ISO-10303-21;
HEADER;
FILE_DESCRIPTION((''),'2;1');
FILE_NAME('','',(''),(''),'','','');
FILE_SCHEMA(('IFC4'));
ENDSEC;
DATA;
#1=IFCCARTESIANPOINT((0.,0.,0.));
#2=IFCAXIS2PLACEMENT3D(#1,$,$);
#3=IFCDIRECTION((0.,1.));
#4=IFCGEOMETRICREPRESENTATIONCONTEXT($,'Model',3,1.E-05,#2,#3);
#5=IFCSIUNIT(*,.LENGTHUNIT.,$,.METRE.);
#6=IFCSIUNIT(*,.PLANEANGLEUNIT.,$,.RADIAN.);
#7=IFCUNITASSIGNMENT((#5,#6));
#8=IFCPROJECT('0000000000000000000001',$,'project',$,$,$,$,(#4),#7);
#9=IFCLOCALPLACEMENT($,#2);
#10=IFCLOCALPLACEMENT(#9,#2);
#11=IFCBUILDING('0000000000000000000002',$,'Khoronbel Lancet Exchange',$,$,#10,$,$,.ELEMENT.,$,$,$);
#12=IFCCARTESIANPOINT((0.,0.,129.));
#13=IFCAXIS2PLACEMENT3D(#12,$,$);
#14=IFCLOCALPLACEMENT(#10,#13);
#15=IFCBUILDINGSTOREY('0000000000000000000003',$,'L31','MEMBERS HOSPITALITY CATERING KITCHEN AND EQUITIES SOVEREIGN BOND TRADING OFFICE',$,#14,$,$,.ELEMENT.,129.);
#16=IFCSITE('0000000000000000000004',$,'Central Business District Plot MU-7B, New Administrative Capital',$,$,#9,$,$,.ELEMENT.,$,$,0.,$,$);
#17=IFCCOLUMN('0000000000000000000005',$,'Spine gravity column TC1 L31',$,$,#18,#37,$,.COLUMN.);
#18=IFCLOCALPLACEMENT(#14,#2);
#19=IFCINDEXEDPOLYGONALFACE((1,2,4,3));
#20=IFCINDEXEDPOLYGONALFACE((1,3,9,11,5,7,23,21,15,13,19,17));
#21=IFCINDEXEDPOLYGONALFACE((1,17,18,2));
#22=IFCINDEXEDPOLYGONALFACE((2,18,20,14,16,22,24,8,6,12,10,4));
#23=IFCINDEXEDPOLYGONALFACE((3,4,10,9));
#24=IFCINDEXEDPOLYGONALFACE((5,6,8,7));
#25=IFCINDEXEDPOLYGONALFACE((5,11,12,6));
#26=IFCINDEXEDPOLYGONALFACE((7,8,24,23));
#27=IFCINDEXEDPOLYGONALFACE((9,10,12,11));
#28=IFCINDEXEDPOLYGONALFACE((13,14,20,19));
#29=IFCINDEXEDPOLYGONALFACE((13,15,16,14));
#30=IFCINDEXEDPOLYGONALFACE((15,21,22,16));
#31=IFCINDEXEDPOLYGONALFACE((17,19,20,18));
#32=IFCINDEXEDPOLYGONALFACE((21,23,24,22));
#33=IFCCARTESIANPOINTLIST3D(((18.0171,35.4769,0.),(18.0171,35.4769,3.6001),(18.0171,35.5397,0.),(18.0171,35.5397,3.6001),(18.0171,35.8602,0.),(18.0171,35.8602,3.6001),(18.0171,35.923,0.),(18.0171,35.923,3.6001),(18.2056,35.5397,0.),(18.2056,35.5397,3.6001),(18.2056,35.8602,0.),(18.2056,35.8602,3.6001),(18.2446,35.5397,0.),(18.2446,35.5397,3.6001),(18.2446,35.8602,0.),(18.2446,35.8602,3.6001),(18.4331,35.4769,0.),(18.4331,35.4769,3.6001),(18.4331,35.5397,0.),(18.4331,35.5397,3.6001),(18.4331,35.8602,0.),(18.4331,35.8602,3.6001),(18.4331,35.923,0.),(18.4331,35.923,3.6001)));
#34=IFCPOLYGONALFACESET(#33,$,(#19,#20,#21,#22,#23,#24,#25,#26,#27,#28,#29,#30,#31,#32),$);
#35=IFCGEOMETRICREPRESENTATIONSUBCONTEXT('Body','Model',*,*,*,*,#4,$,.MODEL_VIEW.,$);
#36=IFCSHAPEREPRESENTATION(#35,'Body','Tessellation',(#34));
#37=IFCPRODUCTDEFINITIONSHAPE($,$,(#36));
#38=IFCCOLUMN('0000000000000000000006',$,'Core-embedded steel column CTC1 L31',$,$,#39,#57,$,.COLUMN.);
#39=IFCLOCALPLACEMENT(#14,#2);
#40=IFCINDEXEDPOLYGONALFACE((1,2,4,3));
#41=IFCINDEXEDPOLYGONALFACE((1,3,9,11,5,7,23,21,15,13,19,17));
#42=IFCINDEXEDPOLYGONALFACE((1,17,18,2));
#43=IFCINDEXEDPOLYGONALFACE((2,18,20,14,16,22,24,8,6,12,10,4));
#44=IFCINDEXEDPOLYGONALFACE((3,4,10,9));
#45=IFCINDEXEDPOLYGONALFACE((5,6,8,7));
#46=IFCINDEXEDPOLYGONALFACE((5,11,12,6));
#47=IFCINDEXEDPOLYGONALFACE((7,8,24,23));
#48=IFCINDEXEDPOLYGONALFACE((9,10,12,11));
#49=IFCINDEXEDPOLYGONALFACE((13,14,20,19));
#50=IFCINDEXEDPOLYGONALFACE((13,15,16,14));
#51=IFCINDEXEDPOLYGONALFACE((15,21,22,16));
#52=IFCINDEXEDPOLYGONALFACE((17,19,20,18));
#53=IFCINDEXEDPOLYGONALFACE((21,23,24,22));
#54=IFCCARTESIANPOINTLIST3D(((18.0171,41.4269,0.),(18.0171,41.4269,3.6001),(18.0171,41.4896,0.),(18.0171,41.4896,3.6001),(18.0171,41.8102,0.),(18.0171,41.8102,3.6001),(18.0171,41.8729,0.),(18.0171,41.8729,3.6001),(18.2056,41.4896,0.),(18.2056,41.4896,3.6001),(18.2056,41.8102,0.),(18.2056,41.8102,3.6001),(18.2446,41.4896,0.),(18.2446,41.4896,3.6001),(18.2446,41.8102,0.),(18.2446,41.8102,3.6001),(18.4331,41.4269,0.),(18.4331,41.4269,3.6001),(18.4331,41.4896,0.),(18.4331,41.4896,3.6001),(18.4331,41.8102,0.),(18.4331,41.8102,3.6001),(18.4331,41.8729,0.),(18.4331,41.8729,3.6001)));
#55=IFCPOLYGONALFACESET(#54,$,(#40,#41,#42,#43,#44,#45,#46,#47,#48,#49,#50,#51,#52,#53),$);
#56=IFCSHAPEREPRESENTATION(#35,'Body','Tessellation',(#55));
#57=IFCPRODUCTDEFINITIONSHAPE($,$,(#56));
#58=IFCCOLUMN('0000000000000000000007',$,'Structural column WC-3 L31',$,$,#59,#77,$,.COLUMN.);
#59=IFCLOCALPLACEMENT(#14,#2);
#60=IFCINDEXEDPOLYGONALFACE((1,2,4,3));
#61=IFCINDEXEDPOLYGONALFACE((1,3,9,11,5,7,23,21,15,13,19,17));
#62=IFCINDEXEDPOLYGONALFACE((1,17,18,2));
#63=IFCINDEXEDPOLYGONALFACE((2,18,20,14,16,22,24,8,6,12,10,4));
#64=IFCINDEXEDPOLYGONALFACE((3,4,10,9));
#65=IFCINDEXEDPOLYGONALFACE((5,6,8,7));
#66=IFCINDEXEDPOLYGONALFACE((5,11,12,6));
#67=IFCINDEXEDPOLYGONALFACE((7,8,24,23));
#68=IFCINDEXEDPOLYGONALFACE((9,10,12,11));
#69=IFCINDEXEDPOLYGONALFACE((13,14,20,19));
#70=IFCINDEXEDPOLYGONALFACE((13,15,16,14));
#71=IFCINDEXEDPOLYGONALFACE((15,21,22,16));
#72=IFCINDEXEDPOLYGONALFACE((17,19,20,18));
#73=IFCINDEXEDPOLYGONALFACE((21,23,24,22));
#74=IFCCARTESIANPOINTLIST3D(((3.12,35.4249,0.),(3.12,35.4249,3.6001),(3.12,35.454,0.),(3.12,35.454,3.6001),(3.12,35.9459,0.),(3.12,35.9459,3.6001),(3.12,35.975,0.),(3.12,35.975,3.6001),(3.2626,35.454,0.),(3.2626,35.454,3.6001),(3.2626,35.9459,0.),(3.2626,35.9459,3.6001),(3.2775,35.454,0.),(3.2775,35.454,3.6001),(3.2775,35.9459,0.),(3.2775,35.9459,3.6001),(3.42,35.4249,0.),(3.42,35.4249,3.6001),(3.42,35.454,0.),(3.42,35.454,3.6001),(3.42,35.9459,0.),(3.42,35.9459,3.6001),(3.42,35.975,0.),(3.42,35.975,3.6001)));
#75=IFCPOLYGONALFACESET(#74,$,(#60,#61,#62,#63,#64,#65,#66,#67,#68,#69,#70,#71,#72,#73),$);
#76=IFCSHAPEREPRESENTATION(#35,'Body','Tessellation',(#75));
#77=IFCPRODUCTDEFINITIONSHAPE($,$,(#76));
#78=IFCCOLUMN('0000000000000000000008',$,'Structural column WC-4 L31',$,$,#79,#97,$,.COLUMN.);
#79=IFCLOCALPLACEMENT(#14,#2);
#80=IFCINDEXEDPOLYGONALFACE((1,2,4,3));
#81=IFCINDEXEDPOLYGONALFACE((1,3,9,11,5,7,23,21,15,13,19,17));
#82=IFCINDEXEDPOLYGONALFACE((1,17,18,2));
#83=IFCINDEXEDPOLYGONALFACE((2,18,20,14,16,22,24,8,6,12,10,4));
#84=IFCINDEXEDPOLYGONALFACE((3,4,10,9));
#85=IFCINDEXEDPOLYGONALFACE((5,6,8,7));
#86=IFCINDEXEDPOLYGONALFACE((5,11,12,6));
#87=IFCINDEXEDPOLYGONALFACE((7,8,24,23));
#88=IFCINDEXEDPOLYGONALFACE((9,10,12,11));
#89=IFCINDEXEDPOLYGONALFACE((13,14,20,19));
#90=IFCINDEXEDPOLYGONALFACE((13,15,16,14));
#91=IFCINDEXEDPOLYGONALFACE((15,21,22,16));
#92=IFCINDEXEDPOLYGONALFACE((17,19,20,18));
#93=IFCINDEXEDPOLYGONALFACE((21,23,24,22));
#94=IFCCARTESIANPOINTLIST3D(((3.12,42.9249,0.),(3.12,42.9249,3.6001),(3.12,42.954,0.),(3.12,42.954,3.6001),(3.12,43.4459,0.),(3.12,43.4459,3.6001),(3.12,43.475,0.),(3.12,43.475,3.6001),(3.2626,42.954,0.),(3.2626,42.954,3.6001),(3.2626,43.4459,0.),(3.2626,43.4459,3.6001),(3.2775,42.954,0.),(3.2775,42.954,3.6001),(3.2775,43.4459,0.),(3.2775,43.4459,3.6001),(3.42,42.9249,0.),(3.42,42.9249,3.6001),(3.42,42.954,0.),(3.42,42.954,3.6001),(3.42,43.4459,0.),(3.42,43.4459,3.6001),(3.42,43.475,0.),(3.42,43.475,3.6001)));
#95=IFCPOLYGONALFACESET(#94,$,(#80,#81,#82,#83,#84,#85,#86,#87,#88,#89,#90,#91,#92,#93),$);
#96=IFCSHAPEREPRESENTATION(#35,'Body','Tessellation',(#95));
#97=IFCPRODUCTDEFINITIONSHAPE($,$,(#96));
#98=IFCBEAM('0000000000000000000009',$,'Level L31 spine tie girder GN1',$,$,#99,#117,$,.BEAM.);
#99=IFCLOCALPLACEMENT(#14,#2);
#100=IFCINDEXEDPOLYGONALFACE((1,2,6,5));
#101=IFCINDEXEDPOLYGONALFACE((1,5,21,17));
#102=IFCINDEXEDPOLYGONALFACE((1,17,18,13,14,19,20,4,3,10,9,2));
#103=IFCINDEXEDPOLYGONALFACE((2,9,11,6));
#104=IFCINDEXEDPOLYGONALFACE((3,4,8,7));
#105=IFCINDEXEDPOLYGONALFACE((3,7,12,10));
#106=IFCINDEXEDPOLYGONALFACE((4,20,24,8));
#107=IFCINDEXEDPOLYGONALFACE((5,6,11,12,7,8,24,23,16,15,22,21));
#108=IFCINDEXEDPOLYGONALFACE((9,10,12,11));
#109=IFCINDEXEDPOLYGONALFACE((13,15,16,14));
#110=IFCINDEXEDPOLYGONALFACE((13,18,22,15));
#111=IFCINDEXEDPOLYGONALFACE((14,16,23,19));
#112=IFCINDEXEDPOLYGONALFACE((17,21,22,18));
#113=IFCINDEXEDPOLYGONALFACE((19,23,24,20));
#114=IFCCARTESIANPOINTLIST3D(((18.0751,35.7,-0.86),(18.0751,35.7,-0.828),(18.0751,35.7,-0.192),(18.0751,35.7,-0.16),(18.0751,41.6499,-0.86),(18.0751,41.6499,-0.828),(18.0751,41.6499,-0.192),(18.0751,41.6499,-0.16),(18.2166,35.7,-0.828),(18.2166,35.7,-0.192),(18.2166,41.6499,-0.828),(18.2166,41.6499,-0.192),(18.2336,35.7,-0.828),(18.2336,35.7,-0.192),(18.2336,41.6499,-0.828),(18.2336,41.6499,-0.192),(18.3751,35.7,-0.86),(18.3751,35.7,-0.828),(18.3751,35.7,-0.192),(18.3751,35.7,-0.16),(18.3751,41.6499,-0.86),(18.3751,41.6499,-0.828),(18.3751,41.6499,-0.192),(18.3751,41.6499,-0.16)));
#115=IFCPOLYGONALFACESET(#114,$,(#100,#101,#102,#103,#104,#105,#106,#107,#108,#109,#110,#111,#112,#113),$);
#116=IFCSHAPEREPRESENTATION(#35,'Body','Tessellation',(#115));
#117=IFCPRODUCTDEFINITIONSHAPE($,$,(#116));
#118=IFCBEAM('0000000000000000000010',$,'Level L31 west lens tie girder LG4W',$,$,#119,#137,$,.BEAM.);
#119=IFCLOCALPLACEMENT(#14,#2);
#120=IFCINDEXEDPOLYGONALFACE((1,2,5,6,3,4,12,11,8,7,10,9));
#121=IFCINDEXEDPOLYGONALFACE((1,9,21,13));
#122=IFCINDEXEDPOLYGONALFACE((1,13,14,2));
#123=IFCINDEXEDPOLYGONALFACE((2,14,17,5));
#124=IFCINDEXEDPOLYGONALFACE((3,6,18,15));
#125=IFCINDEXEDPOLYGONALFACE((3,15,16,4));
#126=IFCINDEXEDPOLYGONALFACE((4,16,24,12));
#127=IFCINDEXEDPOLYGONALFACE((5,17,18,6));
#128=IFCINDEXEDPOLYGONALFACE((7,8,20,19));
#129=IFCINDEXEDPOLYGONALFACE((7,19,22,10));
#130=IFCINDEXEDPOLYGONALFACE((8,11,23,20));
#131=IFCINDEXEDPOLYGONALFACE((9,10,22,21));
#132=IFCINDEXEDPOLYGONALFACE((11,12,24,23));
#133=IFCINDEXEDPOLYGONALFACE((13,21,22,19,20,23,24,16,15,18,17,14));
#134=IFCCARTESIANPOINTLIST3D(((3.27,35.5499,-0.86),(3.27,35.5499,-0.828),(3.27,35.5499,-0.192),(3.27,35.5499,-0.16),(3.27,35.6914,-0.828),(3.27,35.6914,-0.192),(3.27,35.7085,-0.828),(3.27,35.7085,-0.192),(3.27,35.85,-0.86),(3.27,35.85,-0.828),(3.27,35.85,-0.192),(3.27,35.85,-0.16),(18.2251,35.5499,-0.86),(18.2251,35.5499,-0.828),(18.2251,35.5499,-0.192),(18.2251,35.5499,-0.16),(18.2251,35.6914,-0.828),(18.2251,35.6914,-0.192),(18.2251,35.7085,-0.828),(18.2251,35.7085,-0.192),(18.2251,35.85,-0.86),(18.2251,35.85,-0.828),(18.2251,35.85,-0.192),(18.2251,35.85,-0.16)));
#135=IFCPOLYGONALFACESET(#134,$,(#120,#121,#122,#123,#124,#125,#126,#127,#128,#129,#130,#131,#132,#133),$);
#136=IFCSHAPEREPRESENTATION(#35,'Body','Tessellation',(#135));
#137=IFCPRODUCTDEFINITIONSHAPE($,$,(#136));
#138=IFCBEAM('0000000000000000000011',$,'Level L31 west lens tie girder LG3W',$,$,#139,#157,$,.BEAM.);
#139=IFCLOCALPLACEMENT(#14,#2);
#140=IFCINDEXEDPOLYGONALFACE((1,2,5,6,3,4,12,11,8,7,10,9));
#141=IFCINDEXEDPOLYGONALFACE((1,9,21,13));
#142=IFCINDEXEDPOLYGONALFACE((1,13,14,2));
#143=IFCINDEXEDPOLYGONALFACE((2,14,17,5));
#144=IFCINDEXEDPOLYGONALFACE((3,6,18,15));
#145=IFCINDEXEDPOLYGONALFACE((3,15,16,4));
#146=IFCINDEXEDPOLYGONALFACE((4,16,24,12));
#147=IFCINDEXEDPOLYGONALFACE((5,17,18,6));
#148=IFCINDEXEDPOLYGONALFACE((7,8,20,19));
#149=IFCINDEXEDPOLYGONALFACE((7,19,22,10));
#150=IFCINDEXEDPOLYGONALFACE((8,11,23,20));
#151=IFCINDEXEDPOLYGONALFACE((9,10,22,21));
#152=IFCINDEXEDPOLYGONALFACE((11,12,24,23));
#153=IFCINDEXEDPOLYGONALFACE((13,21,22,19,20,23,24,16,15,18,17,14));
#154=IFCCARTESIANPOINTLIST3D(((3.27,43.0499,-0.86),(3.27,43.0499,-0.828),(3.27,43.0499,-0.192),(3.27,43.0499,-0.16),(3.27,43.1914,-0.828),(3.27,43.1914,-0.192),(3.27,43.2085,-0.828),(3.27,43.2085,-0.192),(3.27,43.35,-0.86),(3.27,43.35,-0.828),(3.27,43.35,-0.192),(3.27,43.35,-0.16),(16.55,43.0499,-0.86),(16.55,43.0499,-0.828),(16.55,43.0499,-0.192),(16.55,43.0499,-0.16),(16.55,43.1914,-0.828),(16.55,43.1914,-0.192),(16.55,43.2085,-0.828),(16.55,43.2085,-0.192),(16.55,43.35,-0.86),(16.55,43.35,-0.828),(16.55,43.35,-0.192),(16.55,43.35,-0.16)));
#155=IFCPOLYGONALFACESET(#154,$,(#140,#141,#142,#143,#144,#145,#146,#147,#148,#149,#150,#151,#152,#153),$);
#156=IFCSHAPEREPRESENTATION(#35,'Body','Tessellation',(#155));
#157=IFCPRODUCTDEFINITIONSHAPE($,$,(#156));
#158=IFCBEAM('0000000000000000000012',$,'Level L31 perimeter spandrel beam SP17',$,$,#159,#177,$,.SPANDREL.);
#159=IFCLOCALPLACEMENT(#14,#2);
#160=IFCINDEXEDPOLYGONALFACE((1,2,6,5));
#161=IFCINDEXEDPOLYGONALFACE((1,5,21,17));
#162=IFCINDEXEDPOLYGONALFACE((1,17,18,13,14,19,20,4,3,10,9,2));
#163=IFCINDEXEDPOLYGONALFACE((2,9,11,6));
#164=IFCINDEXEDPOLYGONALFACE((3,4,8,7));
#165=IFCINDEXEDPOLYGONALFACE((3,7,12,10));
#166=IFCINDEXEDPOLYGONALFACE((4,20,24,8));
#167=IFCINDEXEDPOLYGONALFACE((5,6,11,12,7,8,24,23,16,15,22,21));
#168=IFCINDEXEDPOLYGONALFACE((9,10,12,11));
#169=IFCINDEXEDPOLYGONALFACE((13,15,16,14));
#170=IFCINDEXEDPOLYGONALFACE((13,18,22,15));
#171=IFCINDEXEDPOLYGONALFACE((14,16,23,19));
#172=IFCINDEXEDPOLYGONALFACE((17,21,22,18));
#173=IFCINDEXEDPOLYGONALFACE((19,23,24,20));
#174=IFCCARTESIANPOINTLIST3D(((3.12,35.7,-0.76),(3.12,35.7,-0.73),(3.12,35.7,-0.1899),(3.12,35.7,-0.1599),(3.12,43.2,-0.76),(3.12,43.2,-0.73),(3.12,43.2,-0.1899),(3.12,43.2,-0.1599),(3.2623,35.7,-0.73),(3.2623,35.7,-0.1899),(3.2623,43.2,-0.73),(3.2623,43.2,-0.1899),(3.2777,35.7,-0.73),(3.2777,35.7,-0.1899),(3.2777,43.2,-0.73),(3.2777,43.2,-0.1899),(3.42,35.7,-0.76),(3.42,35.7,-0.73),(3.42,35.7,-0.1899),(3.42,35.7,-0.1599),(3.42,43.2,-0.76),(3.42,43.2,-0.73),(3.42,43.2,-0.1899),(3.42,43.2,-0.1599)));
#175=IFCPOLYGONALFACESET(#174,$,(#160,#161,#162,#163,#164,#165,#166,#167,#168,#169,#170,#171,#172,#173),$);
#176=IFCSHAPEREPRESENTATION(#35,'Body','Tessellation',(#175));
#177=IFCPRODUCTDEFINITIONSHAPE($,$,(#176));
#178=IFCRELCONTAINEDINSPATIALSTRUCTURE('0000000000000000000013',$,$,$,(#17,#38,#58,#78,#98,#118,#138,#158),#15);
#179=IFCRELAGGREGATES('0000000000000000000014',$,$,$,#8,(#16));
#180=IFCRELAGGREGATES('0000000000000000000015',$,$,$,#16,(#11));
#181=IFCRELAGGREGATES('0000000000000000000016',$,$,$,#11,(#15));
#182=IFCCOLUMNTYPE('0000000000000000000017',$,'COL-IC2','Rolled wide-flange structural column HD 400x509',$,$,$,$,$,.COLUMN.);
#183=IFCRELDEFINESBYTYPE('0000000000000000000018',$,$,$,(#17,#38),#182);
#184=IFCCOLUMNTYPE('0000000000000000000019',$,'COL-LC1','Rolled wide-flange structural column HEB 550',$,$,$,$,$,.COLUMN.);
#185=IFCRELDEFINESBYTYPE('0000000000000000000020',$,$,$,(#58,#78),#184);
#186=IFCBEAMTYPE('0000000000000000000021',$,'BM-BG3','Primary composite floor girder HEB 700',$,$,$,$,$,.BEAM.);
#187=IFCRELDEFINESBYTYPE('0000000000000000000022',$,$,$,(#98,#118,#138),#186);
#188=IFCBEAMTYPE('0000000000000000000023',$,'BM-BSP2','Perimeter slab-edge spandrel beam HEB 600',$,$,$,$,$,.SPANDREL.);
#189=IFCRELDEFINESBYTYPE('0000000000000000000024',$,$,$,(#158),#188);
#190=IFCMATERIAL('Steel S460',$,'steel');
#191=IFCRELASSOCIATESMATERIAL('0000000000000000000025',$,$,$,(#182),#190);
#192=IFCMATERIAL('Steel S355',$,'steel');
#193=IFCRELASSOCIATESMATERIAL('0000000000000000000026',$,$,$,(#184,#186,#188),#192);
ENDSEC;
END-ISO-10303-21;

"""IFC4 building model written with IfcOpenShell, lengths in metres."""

from ifc_helpers import new_model, si_unit, direction, frame, origin, origin_2d, place, context, subcontext, project, spatial, i_section, extrude, material, material_profile, profile_set, type_object, element, save


model = new_model("IFC4")

# Units and contexts
model_context = context("Model", 3, precision=1e-05, world=origin(), true_north=direction((0.0, 1.0)))
body_context = subcontext(model_context, "Body", "Model", "MODEL_VIEW")
ifc_project = project(units=[si_unit("LENGTHUNIT", "METRE"), si_unit("PLANEANGLEUNIT", "RADIAN")], contexts=[model_context])

# Site, building, storey
site_placement = place(None, origin())
site = spatial("IfcSite", under=ifc_project, at=site_placement, Name="Central Business District Plot MU-7B, New Administrative Capital", CompositionType="ELEMENT", RefElevation=0.0)
building_placement = place(site_placement, origin())
building = spatial("IfcBuilding", under=site, at=building_placement, Name="Khoronbel Lancet Exchange", CompositionType="ELEMENT")
storey_placement = place(building_placement, frame((0.0, 0.0, 129.0)))
storey = spatial("IfcBuildingStorey", under=building, at=storey_placement, Name="L31", Description="MEMBERS HOSPITALITY CATERING KITCHEN AND EQUITIES SOVEREIGN BOND TRADING OFFICE", CompositionType="ELEMENT", Elevation=129.0)

# Columns
ifc_material_1 = material(Name="Steel S460", Category="steel")
ifc_material_profile_1 = material_profile(ifc_material_1, i_section(OverallWidth=0.416, OverallDepth=0.446, WebThickness=0.0391, FlangeThickness=0.0627, at=origin_2d()), Name="HD 400x509")
ifc_profile_set_1 = profile_set([ifc_material_profile_1], Name="Steel S460")
column_type_1 = type_object("IfcColumnType", Name="COL-IC2", Description="Rolled wide-flange structural column HD 400x509", PredefinedType="COLUMN", material=ifc_profile_set_1)
for number, where, z_axis, x_axis, name in (
    (1, (18.2251, 35.7, 0.0), (0.0, 0.0, 1.0), (1.0, 0.0, 0.0), "Spine gravity column TC1 L31"),
    (2, (18.2251, 41.6499, 0.0), (0.0, 0.0, 1.0), (1.0, 0.0, 0.0), "Core-embedded steel column CTC1 L31"),
):
    element("IfcColumn", number, at=place(storey_placement, frame(where, z_axis=z_axis, x_axis=x_axis)), inside=storey, type_object=column_type_1, Name=name, PredefinedType="COLUMN", context=body_context, shape_type="SweptSolid", body=[
        extrude(i_section(OverallWidth=0.416, OverallDepth=0.446, WebThickness=0.0391, FlangeThickness=0.0627, at=origin_2d()), origin(), (0.0, 0.0, 1.0), 3.6001),
    ])
ifc_material_2 = material(Name="Steel S355", Category="steel")
ifc_material_profile_2 = material_profile(ifc_material_2, i_section(OverallWidth=0.3, OverallDepth=0.55, WebThickness=0.0149, FlangeThickness=0.0291, at=origin_2d()), Name="HEB 550")
ifc_profile_set_2 = profile_set([ifc_material_profile_2], Name="Steel S355")
column_type_2 = type_object("IfcColumnType", Name="COL-LC1", Description="Rolled wide-flange structural column HEB 550", PredefinedType="COLUMN", material=ifc_profile_set_2)
for number, where, z_axis, x_axis, name in (
    (3, (3.27, 35.7, 0.0), (0.0, 0.0, 1.0), (1.0, 0.0, 0.0), "Structural column WC-3 L31"),
    (4, (3.27, 43.2, 0.0), (0.0, 0.0, 1.0), (1.0, 0.0, 0.0), "Structural column WC-4 L31"),
):
    element("IfcColumn", number, at=place(storey_placement, frame(where, z_axis=z_axis, x_axis=x_axis)), inside=storey, type_object=column_type_2, Name=name, PredefinedType="COLUMN", context=body_context, shape_type="SweptSolid", body=[
        extrude(i_section(OverallWidth=0.3, OverallDepth=0.55, WebThickness=0.0149, FlangeThickness=0.0291, at=origin_2d()), origin(), (0.0, 0.0, 1.0), 3.6001),
    ])

# Beams
ifc_material_profile_3 = material_profile(ifc_material_2, i_section(OverallWidth=0.3, OverallDepth=0.7, WebThickness=0.0171, FlangeThickness=0.032, at=origin_2d()), Name="HEB 700")
ifc_profile_set_3 = profile_set([ifc_material_profile_3], Name="Steel S355")
beam_type_1 = type_object("IfcBeamType", Name="BM-BG3", Description="Primary composite floor girder HEB 700", PredefinedType="BEAM", material=ifc_profile_set_3)
beam_1_placement = place(storey_placement, frame((18.2251, 35.7, -0.51), z_axis=(0.0, 1.0, 0.0), x_axis=(-1.0, 0.0, 0.0)))
element("IfcBeam", 5, at=beam_1_placement, inside=storey, type_object=beam_type_1, Name="Level L31 spine tie girder GN1", PredefinedType="BEAM", context=body_context, shape_type="SweptSolid", body=[
    extrude(i_section(OverallWidth=0.3, OverallDepth=0.7, WebThickness=0.0171, FlangeThickness=0.032, at=origin_2d()), origin(), (0.0, 0.0, 1.0), 5.95),
])
beam_2_placement = place(storey_placement, frame((3.27, 35.7, -0.51), z_axis=(1.0, 0.0, 0.0), x_axis=(0.0, 1.0, 0.0)))
element("IfcBeam", 6, at=beam_2_placement, inside=storey, type_object=beam_type_1, Name="Level L31 west lens tie girder LG4W", PredefinedType="BEAM", context=body_context, shape_type="SweptSolid", body=[
    extrude(i_section(OverallWidth=0.3, OverallDepth=0.7, WebThickness=0.0171, FlangeThickness=0.032, at=origin_2d()), origin(), (0.0, 0.0, 1.0), 14.9551),
])
beam_3_placement = place(storey_placement, frame((3.27, 43.2, -0.51), z_axis=(1.0, 0.0, 0.0), x_axis=(0.0, 1.0, 0.0)))
element("IfcBeam", 7, at=beam_3_placement, inside=storey, type_object=beam_type_1, Name="Level L31 west lens tie girder LG3W", PredefinedType="BEAM", context=body_context, shape_type="SweptSolid", body=[
    extrude(i_section(OverallWidth=0.3, OverallDepth=0.7, WebThickness=0.0171, FlangeThickness=0.032, at=origin_2d()), origin(), (0.0, 0.0, 1.0), 13.28),
])
ifc_material_profile_4 = material_profile(ifc_material_2, i_section(OverallWidth=0.3, OverallDepth=0.6001, WebThickness=0.0154, FlangeThickness=0.03, at=origin_2d()), Name="HEB 600")
ifc_profile_set_4 = profile_set([ifc_material_profile_4], Name="Steel S355")
beam_type_2 = type_object("IfcBeamType", Name="BM-BSP2", Description="Perimeter slab-edge spandrel beam HEB 600", PredefinedType="SPANDREL", material=ifc_profile_set_4)
beam_4_placement = place(storey_placement, frame((3.27, 43.2, -0.46), z_axis=(0.0, -1.0, 0.0), x_axis=(1.0, 0.0, 0.0)))
element("IfcBeam", 8, at=beam_4_placement, inside=storey, type_object=beam_type_2, Name="Level L31 perimeter spandrel beam SP17", PredefinedType="SPANDREL", context=body_context, shape_type="SweptSolid", body=[
    extrude(i_section(OverallWidth=0.3, OverallDepth=0.6001, WebThickness=0.0154, FlangeThickness=0.03, at=origin_2d()), origin(), (0.0, 0.0, 1.0), 7.5),
])

save(model, "model.ifc")
